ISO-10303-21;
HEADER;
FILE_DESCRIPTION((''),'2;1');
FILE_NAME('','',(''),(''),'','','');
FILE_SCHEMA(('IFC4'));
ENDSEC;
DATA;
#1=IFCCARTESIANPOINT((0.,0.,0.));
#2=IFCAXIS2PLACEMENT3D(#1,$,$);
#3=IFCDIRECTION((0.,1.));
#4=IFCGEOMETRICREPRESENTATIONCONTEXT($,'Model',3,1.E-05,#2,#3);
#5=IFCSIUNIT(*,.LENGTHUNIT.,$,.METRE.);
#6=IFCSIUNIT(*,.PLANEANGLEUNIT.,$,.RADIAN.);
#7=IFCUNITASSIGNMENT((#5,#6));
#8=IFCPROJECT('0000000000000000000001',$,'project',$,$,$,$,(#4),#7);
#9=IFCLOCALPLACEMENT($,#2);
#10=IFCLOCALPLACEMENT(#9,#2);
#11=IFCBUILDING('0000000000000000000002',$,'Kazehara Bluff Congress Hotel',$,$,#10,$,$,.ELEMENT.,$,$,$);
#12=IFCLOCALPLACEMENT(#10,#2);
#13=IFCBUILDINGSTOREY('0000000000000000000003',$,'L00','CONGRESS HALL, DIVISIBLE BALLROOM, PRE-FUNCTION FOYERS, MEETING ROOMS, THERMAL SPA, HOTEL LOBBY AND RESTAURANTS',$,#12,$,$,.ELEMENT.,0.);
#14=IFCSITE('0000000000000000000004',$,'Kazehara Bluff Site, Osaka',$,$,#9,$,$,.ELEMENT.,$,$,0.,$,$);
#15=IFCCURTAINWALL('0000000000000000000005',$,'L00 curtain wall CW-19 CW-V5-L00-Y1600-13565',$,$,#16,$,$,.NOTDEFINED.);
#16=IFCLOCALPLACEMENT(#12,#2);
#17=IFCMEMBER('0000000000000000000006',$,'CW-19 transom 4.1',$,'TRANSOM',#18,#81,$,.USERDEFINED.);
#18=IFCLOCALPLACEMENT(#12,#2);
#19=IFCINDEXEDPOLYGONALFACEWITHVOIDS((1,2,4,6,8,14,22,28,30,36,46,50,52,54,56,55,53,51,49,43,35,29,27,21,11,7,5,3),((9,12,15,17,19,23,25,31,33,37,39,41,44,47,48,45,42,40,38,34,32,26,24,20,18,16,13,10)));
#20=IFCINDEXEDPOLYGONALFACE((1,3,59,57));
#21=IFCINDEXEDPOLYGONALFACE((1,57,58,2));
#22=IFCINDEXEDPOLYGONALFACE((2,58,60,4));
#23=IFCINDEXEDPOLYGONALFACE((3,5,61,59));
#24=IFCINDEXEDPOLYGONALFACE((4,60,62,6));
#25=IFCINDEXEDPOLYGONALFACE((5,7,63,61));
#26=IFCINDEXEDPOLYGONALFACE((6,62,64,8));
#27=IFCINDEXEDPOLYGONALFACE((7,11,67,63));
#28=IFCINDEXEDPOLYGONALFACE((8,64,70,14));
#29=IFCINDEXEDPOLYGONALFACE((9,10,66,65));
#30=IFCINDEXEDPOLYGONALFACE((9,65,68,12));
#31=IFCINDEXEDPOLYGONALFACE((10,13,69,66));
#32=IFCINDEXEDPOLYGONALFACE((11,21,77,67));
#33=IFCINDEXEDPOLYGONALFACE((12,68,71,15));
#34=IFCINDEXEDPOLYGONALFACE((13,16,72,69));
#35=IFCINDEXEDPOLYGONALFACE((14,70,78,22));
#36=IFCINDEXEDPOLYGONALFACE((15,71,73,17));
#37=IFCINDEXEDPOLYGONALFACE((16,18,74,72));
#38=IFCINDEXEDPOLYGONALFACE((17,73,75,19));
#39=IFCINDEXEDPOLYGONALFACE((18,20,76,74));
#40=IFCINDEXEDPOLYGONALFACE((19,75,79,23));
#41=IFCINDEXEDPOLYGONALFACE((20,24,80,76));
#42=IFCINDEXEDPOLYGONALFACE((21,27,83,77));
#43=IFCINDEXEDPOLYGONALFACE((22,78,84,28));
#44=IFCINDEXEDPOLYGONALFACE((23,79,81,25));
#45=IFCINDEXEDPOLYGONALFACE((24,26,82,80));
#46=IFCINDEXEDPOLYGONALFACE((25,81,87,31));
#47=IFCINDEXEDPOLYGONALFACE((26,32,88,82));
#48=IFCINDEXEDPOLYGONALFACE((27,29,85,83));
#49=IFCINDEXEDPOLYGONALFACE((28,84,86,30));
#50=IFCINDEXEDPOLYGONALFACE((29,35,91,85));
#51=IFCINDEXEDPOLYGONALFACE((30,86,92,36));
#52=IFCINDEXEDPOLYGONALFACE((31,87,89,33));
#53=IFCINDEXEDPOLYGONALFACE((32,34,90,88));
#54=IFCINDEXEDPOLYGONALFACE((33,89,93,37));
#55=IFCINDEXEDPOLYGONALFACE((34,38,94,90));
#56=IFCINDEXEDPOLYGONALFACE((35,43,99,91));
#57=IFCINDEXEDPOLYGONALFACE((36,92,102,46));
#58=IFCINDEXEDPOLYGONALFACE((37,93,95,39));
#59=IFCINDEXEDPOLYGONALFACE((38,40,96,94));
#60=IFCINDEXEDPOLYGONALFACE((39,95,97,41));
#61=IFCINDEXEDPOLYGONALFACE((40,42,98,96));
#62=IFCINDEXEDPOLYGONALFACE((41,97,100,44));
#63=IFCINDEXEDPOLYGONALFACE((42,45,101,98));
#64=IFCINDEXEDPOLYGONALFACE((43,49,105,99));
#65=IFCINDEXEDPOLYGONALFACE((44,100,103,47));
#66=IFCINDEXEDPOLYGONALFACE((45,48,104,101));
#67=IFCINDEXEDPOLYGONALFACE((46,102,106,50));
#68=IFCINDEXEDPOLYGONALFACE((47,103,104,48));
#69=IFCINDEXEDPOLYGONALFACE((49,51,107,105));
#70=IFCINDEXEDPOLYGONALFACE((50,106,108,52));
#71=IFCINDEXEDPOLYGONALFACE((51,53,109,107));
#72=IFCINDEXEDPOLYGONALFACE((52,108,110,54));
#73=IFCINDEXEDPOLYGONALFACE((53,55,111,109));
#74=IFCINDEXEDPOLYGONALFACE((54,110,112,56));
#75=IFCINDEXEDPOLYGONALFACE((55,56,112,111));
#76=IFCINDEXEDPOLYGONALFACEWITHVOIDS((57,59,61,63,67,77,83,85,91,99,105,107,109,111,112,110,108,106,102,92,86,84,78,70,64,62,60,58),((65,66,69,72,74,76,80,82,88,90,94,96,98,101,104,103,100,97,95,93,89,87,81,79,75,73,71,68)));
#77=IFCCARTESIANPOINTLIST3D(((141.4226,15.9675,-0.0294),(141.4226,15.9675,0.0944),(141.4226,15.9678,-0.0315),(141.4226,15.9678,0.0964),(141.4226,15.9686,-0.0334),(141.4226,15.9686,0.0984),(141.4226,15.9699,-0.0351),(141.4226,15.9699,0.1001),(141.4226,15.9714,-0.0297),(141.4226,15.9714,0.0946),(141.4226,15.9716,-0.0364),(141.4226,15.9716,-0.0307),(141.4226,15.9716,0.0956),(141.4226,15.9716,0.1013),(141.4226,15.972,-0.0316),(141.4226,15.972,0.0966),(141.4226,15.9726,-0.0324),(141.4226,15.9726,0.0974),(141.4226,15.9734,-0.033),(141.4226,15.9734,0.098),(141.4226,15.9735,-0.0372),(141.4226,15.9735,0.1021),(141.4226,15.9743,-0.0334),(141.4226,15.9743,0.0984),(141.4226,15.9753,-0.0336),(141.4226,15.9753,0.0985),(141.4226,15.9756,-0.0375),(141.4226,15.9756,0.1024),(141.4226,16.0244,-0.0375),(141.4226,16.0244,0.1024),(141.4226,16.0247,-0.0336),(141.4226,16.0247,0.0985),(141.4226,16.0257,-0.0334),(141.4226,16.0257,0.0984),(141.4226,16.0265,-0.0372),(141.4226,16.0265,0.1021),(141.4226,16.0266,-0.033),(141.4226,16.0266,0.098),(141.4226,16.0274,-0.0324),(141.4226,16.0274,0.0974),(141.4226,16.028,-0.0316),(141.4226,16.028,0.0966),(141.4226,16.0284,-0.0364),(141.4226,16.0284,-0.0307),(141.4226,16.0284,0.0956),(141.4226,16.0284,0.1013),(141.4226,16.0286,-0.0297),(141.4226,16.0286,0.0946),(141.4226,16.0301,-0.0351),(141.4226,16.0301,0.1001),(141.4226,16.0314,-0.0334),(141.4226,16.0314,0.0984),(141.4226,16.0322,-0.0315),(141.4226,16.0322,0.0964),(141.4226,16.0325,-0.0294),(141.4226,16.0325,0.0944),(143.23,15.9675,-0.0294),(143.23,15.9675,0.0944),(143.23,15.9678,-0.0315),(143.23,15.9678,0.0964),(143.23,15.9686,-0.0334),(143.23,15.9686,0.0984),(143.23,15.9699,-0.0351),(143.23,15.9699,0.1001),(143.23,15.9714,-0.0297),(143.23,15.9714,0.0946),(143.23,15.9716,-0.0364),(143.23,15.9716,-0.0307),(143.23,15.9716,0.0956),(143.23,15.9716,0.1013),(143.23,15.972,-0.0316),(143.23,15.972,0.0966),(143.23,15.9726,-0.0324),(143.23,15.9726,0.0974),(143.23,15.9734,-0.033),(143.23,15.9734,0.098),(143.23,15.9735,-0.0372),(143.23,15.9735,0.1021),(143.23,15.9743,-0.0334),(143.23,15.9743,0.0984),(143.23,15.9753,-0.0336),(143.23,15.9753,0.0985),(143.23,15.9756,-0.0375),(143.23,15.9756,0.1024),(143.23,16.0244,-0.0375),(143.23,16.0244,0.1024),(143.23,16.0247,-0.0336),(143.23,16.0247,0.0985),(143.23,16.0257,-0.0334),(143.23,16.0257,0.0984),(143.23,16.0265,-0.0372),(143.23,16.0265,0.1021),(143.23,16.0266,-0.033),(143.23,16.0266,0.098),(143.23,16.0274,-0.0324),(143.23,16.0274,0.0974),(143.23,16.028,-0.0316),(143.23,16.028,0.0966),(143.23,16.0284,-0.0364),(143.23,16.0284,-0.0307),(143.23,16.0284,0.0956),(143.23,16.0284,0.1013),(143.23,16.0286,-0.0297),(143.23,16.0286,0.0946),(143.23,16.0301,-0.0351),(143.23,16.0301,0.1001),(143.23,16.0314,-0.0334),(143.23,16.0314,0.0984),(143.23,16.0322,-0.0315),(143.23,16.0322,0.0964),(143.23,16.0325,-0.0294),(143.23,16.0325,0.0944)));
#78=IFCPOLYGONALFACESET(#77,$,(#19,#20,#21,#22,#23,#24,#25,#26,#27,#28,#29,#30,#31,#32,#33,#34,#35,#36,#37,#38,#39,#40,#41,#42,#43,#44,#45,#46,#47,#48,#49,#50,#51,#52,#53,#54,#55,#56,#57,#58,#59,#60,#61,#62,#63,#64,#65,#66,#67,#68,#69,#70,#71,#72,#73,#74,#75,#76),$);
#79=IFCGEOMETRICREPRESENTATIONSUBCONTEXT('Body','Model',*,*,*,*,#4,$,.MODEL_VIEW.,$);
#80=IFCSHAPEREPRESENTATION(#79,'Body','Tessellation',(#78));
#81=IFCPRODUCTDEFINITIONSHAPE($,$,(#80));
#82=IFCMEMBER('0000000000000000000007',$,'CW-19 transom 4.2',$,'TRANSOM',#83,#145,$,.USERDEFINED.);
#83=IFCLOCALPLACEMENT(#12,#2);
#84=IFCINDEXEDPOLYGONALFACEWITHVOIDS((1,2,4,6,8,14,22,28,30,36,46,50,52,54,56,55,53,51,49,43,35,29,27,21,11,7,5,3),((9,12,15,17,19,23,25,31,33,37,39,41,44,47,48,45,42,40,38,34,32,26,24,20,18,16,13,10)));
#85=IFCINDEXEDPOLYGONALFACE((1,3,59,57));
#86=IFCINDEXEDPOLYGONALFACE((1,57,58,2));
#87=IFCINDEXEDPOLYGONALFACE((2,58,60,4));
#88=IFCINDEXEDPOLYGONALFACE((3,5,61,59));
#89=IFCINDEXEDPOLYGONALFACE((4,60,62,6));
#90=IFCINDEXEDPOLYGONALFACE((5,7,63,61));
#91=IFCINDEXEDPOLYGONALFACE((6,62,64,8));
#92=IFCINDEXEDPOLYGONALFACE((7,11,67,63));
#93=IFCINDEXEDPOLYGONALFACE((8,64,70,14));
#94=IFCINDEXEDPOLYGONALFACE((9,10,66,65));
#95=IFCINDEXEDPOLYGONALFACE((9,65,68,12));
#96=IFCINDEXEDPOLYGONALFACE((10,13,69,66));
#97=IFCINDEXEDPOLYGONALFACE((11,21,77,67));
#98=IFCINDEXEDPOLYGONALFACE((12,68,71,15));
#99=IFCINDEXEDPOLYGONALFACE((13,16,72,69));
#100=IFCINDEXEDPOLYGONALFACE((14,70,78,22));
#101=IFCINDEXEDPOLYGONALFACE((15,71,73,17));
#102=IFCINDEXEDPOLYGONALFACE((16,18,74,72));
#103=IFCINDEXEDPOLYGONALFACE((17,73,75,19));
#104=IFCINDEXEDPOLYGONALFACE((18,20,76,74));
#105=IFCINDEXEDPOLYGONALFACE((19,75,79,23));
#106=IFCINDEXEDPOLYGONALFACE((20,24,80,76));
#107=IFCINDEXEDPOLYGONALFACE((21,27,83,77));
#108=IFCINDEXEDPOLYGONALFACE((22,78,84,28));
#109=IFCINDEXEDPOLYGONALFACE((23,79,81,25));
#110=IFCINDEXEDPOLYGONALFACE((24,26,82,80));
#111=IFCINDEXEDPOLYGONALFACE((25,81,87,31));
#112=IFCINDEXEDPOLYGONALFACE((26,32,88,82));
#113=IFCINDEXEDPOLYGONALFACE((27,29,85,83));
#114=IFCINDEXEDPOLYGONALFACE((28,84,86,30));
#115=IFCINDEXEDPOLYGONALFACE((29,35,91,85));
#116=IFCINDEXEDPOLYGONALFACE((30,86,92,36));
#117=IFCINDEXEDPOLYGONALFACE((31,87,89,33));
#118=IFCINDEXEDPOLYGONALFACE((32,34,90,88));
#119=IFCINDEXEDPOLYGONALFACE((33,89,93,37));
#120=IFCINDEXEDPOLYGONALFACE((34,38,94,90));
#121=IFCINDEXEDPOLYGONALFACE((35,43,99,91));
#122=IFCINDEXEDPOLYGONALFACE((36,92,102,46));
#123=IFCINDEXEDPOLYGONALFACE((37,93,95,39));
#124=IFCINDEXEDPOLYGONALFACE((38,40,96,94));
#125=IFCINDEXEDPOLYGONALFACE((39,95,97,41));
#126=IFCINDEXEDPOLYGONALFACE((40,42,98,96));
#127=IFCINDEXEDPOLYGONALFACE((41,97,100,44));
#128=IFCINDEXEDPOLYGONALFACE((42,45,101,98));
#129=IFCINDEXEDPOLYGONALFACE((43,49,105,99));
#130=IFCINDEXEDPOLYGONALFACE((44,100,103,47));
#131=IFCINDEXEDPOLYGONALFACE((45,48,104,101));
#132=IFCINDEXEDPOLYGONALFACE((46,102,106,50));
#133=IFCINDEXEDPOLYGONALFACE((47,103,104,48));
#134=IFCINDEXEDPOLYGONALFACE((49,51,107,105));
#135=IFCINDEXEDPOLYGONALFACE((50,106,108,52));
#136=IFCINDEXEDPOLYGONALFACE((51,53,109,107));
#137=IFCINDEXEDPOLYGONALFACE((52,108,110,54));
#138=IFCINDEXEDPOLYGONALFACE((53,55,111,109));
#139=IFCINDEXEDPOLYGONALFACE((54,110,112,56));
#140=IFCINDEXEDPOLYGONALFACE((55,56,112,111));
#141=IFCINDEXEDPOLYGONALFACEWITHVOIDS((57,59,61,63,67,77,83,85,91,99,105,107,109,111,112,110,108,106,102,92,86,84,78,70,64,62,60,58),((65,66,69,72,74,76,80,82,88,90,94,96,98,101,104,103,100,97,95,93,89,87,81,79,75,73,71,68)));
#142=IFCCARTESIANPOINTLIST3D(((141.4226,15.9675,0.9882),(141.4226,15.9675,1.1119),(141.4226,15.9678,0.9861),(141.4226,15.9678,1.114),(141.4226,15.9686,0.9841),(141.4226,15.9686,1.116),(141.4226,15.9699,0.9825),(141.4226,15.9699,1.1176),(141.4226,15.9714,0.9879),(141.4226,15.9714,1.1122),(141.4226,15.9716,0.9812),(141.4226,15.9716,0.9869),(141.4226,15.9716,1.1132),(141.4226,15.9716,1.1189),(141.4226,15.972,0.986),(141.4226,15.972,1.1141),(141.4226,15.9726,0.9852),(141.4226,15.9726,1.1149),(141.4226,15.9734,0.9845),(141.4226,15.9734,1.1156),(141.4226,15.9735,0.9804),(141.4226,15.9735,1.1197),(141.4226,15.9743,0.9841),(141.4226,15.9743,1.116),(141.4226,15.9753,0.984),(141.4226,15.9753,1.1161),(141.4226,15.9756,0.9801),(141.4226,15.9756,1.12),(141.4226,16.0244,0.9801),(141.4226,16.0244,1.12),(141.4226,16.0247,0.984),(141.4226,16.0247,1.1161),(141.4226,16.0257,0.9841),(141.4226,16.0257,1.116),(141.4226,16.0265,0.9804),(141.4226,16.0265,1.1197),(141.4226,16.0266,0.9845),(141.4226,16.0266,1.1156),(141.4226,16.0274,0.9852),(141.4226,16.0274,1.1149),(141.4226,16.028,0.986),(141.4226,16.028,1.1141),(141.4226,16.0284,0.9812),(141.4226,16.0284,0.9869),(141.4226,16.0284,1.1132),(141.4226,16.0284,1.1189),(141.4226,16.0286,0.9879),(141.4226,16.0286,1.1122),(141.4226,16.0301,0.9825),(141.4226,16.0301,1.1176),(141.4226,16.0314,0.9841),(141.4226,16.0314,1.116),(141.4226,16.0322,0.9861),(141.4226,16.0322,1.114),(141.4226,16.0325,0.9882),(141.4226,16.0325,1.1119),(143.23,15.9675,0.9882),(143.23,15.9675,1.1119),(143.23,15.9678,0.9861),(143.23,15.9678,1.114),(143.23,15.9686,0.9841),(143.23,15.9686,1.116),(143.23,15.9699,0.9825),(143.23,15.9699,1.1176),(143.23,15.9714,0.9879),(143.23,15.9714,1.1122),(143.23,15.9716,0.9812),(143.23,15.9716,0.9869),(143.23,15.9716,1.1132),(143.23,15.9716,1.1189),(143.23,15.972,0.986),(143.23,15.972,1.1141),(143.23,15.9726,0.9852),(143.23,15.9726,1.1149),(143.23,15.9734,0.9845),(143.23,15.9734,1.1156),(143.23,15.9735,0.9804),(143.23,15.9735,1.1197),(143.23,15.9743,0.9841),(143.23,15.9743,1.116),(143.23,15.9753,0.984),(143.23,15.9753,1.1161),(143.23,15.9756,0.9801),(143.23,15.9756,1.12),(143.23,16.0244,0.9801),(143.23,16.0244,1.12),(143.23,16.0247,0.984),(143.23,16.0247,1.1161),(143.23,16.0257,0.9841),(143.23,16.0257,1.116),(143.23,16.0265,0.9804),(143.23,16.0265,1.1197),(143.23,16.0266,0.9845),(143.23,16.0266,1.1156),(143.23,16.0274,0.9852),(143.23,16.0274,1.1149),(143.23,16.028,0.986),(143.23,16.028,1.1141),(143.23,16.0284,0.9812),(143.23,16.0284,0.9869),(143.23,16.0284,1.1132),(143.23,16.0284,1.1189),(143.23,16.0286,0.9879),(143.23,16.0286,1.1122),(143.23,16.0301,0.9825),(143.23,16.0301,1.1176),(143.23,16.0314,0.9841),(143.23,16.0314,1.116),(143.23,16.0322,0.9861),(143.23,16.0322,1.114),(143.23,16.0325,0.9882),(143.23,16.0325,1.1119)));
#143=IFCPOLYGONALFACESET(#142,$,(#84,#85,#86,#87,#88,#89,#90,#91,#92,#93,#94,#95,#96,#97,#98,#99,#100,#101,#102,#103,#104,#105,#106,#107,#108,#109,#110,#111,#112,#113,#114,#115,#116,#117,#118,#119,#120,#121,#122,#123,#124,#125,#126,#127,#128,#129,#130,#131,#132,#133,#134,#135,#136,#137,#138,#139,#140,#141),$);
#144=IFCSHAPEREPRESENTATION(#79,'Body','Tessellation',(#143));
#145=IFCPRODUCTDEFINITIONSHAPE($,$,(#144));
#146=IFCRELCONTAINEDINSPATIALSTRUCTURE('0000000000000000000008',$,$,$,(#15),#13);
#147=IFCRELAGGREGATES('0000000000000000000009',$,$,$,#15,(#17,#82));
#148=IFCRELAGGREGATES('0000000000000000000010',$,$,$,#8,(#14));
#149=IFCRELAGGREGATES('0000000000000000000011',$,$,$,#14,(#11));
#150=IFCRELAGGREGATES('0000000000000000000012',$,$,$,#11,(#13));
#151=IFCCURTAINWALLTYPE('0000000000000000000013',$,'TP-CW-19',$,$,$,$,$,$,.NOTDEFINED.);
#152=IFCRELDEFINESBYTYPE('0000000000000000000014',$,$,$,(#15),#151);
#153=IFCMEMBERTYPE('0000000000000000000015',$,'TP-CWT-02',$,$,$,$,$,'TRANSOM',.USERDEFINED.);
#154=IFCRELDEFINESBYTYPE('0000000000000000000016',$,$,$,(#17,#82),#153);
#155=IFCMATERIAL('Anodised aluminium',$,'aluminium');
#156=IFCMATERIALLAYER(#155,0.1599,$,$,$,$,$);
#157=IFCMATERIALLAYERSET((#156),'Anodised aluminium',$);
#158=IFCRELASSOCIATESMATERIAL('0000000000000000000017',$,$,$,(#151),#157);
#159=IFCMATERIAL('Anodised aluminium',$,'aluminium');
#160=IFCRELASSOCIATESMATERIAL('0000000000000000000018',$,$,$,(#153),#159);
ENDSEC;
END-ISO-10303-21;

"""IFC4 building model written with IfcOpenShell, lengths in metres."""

from ifc_helpers import new_model, si_unit, direction, frame, origin, origin_2d, place, context, subcontext, project, spatial, hollow_rectangle, extrude, material, layer, layer_set, material_profile, profile_set, type_object, element, aggregate, save


model = new_model("IFC4")

# Units and contexts
model_context = context("Model", 3, precision=1e-05, world=origin(), true_north=direction((0.0, 1.0)))
body_context = subcontext(model_context, "Body", "Model", "MODEL_VIEW")
ifc_project = project(units=[si_unit("LENGTHUNIT", "METRE"), si_unit("PLANEANGLEUNIT", "RADIAN")], contexts=[model_context])

# Site, building, storey
site_placement = place(None, origin())
site = spatial("IfcSite", under=ifc_project, at=site_placement, Name="Kazehara Bluff Site, Osaka", CompositionType="ELEMENT", RefElevation=0.0)
building_placement = place(site_placement, origin())
building = spatial("IfcBuilding", under=site, at=building_placement, Name="Kazehara Bluff Congress Hotel", CompositionType="ELEMENT")
storey_placement = place(building_placement, origin())
storey = spatial("IfcBuildingStorey", under=building, at=storey_placement, Name="L00", Description="CONGRESS HALL, DIVISIBLE BALLROOM, PRE-FUNCTION FOYERS, MEETING ROOMS, THERMAL SPA, HOTEL LOBBY AND RESTAURANTS", CompositionType="ELEMENT", Elevation=0.0)

# Curtain wall, members
ifc_material_1 = material(Name="Anodised aluminium", Category="aluminium")
ifc_layer_1 = layer(ifc_material_1, 0.1599)
ifc_layer_set_1 = layer_set([ifc_layer_1], Name="Anodised aluminium")
curtain_wall_type = type_object("IfcCurtainWallType", Name="TP-CW-19", PredefinedType="NOTDEFINED", material=ifc_layer_set_1)
curtain_wall_placement = place(storey_placement, origin())
curtain_wall = element("IfcCurtainWall", 1, at=curtain_wall_placement, inside=storey, type_object=curtain_wall_type, Name="L00 curtain wall CW-19 CW-V5-L00-Y1600-13565", PredefinedType="NOTDEFINED")
ifc_material_2 = material(Name="Anodised aluminium", Category="aluminium")
ifc_material_profile_1 = material_profile(ifc_material_2, hollow_rectangle(XDim=0.0649, YDim=0.1399, WallThickness=0.0039, InnerFilletRadius=0.0039, OuterFilletRadius=0.0081, at=origin_2d()))
ifc_profile_set_1 = profile_set([ifc_material_profile_1], Name="Anodised aluminium")
member_type_1 = type_object("IfcMemberType", Name="TP-CWT-02", ElementType="TRANSOM", PredefinedType="USERDEFINED", material=ifc_profile_set_1)
member_1_placement = place(storey_placement, frame((141.4226, 16.0, 0.0325), z_axis=(1.0, 0.0, 0.0), x_axis=(0.0, 1.0, 0.0)))
member_1 = element("IfcMember", 2, at=member_1_placement, type_object=member_type_1, Name="CW-19 transom 4.1", ObjectType="TRANSOM", PredefinedType="USERDEFINED", context=body_context, shape_type="SweptSolid", body=[
    extrude(hollow_rectangle(XDim=0.0649, YDim=0.1399, WallThickness=0.0039, InnerFilletRadius=0.0039, OuterFilletRadius=0.0081, at=origin_2d()), origin(), (0.0, 0.0, 1.0), 1.8074),
])
member_2_placement = place(storey_placement, frame((141.4226, 16.0, 1.05), z_axis=(1.0, 0.0, 0.0), x_axis=(0.0, 1.0, 0.0)))
member_2 = element("IfcMember", 3, at=member_2_placement, type_object=member_type_1, Name="CW-19 transom 4.2", ObjectType="TRANSOM", PredefinedType="USERDEFINED", context=body_context, shape_type="SweptSolid", body=[
    extrude(hollow_rectangle(XDim=0.0649, YDim=0.1399, WallThickness=0.0039, InnerFilletRadius=0.0039, OuterFilletRadius=0.0081, at=origin_2d()), origin(), (0.0, 0.0, 1.0), 1.8074),
])

aggregate(curtain_wall, [member_1, member_2])

save(model, "model.ifc")
